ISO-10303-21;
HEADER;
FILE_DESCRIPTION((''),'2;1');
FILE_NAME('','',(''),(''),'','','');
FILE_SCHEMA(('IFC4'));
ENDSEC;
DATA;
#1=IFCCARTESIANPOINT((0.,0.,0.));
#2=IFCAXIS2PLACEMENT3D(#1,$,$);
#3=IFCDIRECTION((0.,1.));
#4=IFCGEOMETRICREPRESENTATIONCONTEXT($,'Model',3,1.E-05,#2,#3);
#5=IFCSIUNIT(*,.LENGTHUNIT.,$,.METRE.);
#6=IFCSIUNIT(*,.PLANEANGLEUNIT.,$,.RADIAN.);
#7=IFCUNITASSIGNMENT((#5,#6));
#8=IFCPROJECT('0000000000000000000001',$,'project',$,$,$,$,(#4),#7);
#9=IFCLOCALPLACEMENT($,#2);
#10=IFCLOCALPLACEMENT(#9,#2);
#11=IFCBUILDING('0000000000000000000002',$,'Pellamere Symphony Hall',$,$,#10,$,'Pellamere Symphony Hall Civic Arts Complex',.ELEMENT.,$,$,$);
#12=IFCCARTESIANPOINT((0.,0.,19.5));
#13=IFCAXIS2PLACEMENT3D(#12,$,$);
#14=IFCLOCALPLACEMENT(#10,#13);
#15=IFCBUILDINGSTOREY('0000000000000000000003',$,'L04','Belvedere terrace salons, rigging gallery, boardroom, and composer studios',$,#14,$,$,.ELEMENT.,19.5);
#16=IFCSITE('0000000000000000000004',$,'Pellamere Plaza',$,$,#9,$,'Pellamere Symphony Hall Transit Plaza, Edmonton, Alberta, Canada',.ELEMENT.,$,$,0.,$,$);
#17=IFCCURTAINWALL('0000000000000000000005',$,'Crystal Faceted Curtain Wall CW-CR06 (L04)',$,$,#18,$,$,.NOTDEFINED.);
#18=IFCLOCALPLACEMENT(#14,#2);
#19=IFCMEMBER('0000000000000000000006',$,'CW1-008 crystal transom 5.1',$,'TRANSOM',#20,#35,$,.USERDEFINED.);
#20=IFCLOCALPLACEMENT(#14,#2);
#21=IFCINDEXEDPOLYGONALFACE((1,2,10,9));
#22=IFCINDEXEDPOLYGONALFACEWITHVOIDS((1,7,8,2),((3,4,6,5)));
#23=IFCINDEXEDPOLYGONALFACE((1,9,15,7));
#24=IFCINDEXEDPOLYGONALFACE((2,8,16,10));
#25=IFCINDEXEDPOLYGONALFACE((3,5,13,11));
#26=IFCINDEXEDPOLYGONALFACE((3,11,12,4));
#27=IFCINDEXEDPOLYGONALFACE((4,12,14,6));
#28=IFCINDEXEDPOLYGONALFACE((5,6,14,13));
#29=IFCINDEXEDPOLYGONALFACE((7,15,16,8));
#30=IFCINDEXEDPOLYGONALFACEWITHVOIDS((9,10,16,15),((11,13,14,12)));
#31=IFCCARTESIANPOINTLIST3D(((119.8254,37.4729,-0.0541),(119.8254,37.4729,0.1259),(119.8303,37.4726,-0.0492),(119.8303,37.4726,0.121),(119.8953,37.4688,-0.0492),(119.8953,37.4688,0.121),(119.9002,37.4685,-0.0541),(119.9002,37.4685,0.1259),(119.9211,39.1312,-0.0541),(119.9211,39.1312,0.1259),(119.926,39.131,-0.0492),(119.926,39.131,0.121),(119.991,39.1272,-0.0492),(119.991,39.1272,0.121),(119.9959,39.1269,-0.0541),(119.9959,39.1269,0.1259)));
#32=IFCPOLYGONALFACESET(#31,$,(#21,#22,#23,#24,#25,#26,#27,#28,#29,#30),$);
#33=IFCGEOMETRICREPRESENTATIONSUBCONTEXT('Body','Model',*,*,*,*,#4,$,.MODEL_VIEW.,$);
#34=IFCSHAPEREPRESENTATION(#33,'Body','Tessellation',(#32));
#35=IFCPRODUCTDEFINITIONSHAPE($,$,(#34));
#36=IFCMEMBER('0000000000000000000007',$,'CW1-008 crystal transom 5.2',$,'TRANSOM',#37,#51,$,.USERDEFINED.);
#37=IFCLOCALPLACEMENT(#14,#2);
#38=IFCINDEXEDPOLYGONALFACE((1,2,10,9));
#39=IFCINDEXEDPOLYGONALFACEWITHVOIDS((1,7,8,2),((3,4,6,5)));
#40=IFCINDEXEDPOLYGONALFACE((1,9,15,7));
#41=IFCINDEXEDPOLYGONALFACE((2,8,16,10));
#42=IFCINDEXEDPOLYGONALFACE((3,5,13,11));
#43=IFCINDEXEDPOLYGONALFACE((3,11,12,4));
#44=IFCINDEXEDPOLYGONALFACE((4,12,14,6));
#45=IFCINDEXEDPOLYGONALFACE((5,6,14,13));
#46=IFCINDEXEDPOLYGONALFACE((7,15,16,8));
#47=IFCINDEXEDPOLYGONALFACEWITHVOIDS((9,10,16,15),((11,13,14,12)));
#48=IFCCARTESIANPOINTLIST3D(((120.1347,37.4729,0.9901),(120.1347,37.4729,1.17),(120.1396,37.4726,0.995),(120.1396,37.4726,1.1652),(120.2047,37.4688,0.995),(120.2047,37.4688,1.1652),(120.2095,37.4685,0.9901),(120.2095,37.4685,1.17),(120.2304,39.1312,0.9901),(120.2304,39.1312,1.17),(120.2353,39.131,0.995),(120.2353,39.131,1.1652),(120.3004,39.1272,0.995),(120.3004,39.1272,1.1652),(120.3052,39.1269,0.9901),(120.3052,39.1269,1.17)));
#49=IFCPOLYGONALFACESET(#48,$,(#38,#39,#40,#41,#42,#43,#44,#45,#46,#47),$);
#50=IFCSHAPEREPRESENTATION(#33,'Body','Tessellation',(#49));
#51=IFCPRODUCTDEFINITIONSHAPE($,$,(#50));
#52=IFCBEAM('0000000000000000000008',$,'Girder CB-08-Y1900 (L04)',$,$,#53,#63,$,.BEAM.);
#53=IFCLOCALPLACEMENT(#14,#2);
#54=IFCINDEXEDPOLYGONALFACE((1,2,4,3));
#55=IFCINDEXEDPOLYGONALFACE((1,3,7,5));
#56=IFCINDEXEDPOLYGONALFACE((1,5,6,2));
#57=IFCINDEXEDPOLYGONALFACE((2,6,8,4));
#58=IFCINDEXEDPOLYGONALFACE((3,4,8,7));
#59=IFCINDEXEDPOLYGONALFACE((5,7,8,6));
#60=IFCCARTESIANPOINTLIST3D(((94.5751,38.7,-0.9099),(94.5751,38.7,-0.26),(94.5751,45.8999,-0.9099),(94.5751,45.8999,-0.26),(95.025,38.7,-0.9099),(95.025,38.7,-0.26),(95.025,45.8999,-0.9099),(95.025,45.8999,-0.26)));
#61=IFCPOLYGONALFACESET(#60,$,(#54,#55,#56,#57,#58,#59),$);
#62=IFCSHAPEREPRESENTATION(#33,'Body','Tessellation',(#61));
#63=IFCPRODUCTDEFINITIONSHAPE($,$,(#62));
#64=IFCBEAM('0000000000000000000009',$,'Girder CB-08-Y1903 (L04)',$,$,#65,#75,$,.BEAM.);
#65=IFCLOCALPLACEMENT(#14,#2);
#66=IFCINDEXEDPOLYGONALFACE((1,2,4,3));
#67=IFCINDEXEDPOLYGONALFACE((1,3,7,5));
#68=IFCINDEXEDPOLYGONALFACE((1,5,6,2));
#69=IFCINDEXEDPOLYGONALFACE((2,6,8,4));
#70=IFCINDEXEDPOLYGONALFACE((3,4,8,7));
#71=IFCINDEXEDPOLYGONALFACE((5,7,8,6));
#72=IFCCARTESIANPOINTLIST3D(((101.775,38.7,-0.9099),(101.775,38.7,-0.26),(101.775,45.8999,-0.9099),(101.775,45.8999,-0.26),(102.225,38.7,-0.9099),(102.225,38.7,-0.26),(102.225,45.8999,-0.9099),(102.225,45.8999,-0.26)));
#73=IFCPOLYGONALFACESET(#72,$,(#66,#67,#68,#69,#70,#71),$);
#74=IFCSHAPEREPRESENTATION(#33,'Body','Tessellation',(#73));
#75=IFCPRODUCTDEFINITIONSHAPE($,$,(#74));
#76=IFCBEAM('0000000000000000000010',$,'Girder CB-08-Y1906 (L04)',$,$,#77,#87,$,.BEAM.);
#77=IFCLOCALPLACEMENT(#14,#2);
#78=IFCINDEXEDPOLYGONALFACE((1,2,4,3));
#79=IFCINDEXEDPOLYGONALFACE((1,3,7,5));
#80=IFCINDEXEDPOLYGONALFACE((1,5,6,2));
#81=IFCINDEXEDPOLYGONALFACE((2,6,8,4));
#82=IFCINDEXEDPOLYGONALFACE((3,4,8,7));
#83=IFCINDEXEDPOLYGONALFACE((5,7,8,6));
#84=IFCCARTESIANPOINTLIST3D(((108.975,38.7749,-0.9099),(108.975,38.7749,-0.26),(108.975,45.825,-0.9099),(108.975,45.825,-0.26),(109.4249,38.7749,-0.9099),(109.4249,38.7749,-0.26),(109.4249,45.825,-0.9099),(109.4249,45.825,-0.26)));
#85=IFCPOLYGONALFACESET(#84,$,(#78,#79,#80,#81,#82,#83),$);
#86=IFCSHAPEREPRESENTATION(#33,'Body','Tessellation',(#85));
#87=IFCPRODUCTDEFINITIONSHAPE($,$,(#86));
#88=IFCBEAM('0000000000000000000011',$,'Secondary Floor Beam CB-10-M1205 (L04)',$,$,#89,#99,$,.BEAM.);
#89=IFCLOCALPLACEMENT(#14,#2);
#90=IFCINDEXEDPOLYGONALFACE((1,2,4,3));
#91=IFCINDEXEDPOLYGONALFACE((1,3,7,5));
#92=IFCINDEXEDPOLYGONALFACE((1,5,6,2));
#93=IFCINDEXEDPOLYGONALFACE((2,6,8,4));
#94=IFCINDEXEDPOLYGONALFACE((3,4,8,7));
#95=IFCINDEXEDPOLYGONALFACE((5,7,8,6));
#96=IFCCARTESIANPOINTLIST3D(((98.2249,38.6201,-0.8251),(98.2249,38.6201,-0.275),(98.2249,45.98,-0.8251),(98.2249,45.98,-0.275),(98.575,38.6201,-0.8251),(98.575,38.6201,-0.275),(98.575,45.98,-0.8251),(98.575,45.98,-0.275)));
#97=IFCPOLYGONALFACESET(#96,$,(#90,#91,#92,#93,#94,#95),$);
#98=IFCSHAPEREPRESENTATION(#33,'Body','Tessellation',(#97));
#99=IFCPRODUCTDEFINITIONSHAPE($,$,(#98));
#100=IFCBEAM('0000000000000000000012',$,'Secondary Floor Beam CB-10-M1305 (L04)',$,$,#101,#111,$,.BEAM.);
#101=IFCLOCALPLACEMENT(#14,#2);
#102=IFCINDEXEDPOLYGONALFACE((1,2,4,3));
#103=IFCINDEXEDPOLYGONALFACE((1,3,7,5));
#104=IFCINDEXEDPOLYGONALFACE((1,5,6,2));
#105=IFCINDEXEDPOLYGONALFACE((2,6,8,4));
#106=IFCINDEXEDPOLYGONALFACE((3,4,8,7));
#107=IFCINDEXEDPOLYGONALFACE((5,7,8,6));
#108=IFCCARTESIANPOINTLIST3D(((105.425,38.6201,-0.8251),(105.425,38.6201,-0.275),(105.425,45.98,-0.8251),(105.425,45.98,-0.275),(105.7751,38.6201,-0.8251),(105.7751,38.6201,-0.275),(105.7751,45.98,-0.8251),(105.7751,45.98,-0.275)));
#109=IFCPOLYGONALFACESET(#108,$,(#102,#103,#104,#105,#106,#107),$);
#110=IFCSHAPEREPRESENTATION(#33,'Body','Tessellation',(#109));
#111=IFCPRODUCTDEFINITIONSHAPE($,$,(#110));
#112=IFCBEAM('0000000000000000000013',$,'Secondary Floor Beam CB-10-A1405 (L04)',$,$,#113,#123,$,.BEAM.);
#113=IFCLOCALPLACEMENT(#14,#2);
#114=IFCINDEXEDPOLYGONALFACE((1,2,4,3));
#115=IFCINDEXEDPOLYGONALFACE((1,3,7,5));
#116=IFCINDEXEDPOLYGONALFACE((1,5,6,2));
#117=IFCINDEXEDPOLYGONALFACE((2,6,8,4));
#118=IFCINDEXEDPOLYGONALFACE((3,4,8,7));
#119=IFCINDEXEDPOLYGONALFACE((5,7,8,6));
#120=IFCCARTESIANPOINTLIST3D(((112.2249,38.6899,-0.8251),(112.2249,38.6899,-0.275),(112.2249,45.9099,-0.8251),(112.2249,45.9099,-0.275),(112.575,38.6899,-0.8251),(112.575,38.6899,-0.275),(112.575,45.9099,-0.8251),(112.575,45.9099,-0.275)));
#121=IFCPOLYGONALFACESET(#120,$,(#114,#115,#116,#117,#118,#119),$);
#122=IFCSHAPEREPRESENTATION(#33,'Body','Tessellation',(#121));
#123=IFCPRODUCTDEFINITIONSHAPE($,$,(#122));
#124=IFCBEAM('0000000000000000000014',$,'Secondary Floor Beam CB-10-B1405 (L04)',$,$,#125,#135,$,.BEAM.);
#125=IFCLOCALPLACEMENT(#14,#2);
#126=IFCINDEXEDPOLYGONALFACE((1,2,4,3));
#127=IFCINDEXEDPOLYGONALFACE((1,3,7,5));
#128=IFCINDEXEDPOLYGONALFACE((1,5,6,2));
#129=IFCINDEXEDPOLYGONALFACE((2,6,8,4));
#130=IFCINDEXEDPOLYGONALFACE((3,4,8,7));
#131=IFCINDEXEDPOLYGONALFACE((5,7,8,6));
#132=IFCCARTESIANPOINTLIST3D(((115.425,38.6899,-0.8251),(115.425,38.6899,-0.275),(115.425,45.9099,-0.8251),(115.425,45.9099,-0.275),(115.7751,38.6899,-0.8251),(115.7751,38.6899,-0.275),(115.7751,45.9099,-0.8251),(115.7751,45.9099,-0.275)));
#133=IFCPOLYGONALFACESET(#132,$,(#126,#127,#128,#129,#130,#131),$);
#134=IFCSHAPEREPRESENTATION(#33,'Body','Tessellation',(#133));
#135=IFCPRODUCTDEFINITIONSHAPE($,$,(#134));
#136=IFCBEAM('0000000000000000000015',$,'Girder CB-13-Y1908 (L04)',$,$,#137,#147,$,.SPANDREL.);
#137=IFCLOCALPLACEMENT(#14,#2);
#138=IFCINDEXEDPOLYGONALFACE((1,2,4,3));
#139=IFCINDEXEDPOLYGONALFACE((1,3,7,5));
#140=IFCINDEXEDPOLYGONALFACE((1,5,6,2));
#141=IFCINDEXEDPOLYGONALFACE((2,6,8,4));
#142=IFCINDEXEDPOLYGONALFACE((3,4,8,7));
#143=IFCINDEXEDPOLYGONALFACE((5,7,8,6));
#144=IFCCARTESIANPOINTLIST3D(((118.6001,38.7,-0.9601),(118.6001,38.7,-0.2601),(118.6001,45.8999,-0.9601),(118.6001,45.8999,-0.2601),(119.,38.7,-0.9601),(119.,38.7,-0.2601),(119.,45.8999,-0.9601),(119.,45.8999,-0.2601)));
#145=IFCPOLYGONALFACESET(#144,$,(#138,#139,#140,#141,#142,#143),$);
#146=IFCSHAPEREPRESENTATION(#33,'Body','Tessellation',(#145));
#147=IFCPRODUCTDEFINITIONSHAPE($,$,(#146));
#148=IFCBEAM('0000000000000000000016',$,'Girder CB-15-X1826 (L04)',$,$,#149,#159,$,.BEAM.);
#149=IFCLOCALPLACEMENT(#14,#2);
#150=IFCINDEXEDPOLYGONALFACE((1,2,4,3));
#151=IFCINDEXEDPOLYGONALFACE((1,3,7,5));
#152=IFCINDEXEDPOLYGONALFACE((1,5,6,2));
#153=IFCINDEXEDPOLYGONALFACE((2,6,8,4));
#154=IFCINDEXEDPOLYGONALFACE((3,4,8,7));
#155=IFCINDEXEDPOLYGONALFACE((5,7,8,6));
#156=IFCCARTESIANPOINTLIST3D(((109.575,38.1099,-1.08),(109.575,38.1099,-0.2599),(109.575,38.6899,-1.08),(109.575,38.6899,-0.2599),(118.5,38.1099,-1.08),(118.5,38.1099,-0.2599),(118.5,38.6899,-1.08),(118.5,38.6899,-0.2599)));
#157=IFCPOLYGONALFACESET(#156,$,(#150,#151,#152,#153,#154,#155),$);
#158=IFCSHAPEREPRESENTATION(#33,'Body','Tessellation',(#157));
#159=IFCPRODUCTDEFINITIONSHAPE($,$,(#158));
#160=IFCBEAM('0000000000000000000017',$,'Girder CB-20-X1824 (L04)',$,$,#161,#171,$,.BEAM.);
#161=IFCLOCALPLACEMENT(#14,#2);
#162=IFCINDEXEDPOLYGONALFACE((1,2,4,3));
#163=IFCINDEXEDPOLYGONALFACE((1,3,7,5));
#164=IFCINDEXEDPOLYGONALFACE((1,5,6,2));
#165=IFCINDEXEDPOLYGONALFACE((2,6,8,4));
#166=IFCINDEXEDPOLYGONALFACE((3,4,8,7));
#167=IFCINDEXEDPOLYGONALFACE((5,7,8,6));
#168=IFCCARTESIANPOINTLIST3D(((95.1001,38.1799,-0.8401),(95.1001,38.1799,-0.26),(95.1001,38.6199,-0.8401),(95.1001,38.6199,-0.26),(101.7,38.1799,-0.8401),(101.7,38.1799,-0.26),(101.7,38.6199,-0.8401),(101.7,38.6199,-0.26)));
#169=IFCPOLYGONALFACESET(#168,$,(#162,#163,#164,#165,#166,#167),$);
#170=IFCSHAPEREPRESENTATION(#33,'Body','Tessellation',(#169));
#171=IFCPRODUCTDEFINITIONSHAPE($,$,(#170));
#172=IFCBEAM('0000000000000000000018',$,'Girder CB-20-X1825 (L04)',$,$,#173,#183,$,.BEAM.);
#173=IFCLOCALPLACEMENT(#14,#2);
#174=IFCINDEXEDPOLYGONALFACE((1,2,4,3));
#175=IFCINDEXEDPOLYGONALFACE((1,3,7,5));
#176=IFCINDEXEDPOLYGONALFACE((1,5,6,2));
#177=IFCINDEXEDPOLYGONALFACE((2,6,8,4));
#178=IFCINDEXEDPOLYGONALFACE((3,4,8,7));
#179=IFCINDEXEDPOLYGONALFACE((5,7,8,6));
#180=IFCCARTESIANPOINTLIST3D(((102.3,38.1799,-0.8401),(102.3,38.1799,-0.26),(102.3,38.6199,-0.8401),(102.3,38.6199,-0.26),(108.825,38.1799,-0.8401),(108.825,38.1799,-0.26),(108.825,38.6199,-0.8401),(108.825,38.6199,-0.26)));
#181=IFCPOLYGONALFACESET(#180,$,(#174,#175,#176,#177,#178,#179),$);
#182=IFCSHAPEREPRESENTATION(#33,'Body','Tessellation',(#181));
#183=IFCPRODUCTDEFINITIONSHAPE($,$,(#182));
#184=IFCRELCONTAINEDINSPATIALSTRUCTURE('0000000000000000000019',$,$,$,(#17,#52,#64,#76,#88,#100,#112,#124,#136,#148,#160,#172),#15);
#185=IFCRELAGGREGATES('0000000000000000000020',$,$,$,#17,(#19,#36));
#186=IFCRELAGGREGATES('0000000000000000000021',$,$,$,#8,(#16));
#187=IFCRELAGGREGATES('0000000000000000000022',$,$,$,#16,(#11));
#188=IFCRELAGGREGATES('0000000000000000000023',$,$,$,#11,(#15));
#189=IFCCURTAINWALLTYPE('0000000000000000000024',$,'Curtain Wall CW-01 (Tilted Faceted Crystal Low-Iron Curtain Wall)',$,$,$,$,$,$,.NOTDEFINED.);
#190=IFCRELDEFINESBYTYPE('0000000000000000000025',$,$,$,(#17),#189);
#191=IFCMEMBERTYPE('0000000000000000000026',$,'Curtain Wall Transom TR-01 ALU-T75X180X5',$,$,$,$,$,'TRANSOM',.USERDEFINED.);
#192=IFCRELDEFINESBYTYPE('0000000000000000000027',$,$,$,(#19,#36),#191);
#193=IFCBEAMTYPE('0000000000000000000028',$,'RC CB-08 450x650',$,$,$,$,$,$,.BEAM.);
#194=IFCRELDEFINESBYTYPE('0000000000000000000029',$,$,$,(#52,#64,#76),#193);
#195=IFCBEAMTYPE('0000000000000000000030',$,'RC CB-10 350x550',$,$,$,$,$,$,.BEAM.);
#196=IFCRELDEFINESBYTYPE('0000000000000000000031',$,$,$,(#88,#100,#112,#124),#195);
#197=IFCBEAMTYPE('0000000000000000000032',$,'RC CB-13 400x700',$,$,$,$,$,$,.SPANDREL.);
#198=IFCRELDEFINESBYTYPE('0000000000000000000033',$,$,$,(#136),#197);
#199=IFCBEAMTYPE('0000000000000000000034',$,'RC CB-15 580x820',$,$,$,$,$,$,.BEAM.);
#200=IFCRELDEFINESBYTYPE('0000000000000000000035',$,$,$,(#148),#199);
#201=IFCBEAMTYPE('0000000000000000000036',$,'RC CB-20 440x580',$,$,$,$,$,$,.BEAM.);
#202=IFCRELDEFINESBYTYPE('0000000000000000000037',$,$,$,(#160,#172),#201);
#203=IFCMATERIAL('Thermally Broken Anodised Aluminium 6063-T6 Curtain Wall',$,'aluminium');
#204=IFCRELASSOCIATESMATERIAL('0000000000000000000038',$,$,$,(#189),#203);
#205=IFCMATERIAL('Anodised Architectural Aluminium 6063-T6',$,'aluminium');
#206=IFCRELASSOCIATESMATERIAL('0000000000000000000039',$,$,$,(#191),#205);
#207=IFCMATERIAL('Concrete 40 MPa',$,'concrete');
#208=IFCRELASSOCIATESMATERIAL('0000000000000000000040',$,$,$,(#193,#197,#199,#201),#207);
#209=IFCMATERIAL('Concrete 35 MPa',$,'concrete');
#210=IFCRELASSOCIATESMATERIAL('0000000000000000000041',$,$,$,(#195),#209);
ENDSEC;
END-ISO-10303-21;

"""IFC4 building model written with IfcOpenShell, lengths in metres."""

from ifc_helpers import new_model, si_unit, direction, frame, origin, origin_2d, place, context, subcontext, project, spatial, rectangle, hollow_rectangle, extrude, material, material_profile, profile_set, type_object, element, aggregate, save


model = new_model("IFC4")

# Units and contexts
model_context = context("Model", 3, precision=1e-05, world=origin(), true_north=direction((0.0, 1.0)))
body_context = subcontext(model_context, "Body", "Model", "MODEL_VIEW")
ifc_project = project(units=[si_unit("LENGTHUNIT", "METRE"), si_unit("PLANEANGLEUNIT", "RADIAN")], contexts=[model_context])

# Site, building, storey
site_placement = place(None, origin())
site = spatial("IfcSite", under=ifc_project, at=site_placement, Name="Pellamere Plaza", LongName="Pellamere Symphony Hall Transit Plaza, Edmonton, Alberta, Canada", CompositionType="ELEMENT", RefElevation=0.0)
building_placement = place(site_placement, origin())
building = spatial("IfcBuilding", under=site, at=building_placement, Name="Pellamere Symphony Hall", LongName="Pellamere Symphony Hall Civic Arts Complex", CompositionType="ELEMENT")
storey_placement = place(building_placement, frame((0.0, 0.0, 19.5)))
storey = spatial("IfcBuildingStorey", under=building, at=storey_placement, Name="L04", Description="Belvedere terrace salons, rigging gallery, boardroom, and composer studios", CompositionType="ELEMENT", Elevation=19.5)

# Shared definitions
ifc_material_1 = material(Name="Concrete 40 MPa", Category="concrete")
ifc_material_2 = material(Name="Concrete 35 MPa", Category="concrete")

# Curtain wall, members
ifc_material_3 = material(Name="Thermally Broken Anodised Aluminium 6063-T6 Curtain Wall", Category="aluminium")
curtain_wall_type = type_object("IfcCurtainWallType", Name="Curtain Wall CW-01 (Tilted Faceted Crystal Low-Iron Curtain Wall)", PredefinedType="NOTDEFINED", material=ifc_material_3)
curtain_wall_placement = place(storey_placement, origin())
curtain_wall = element("IfcCurtainWall", 1, at=curtain_wall_placement, inside=storey, type_object=curtain_wall_type, Name="Crystal Faceted Curtain Wall CW-CR06 (L04)", PredefinedType="NOTDEFINED")
ifc_material_4 = material(Name="Anodised Architectural Aluminium 6063-T6", Category="aluminium")
ifc_material_profile_1 = material_profile(ifc_material_4, hollow_rectangle(XDim=0.075, YDim=0.1799, WallThickness=0.0049, at=origin_2d()), Name="ALU-T75X180X5")
ifc_profile_set_1 = profile_set([ifc_material_profile_1], Name="Anodised Architectural Aluminium 6063-T6")
member_type_1 = type_object("IfcMemberType", Name="Curtain Wall Transom TR-01 ALU-T75X180X5", ElementType="TRANSOM", PredefinedType="USERDEFINED", material=ifc_profile_set_1)
member_1_placement = place(storey_placement, frame((119.8628, 37.4707, 0.0359), z_axis=(0.057611, 0.998339, 0.0), x_axis=(-0.998339, 0.057611, 0.0)))
member_1 = element("IfcMember", 2, at=member_1_placement, type_object=member_type_1, Name="CW1-008 crystal transom 5.1", ObjectType="TRANSOM", PredefinedType="USERDEFINED", context=body_context, shape_type="SweptSolid", body=[
    extrude(hollow_rectangle(XDim=0.075, YDim=0.1799, WallThickness=0.0049, at=origin_2d()), origin(), (0.0, 0.0, 1.0), 1.6611),
])
member_2_placement = place(storey_placement, frame((120.1721, 37.4707, 1.0801), z_axis=(0.057611, 0.998339, 0.0), x_axis=(-0.998339, 0.057611, 0.0)))
member_2 = element("IfcMember", 3, at=member_2_placement, type_object=member_type_1, Name="CW1-008 crystal transom 5.2", ObjectType="TRANSOM", PredefinedType="USERDEFINED", context=body_context, shape_type="SweptSolid", body=[
    extrude(hollow_rectangle(XDim=0.075, YDim=0.1799, WallThickness=0.0049, at=origin_2d()), origin(), (0.0, 0.0, 1.0), 1.6611),
])

# Beams
ifc_material_profile_2 = material_profile(ifc_material_1, rectangle(XDim=0.45, YDim=0.6499, at=origin_2d()), Name="RC 450x650")
ifc_profile_set_2 = profile_set([ifc_material_profile_2], Name="Concrete 40 MPa")
beam_type_1 = type_object("IfcBeamType", Name="RC CB-08 450x650", PredefinedType="BEAM", material=ifc_profile_set_2)
for number, where, z_axis, x_axis, name in (
    (4, (94.8, 38.7, -0.585), (0.0, 1.0, 0.0), (-1.0, 0.0, 0.0), "Girder CB-08-Y1900 (L04)"),
    (5, (102.0, 38.7, -0.585), (0.0, 1.0, 0.0), (-1.0, 0.0, 0.0), "Girder CB-08-Y1903 (L04)"),
):
    element("IfcBeam", number, at=place(storey_placement, frame(where, z_axis=z_axis, x_axis=x_axis)), inside=storey, type_object=beam_type_1, Name=name, PredefinedType="BEAM", context=body_context, shape_type="SweptSolid", body=[
        extrude(rectangle(XDim=0.45, YDim=0.6499, at=origin_2d()), origin(), (0.0, 0.0, 1.0), 7.2),
    ])
beam_1_placement = place(storey_placement, frame((109.2, 38.7749, -0.585), z_axis=(0.0, 1.0, 0.0), x_axis=(-1.0, 0.0, 0.0)))
element("IfcBeam", 6, at=beam_1_placement, inside=storey, type_object=beam_type_1, Name="Girder CB-08-Y1906 (L04)", PredefinedType="BEAM", context=body_context, shape_type="SweptSolid", body=[
    extrude(rectangle(XDim=0.45, YDim=0.6499, at=origin_2d()), origin(), (0.0, 0.0, 1.0), 7.05),
])
ifc_material_profile_3 = material_profile(ifc_material_2, rectangle(XDim=0.3501, YDim=0.55, at=origin_2d()), Name="RC 350x550")
ifc_profile_set_3 = profile_set([ifc_material_profile_3], Name="Concrete 35 MPa")
beam_type_2 = type_object("IfcBeamType", Name="RC CB-10 350x550", PredefinedType="BEAM", material=ifc_profile_set_3)
for number, where, z_axis, x_axis, name in (
    (7, (98.3999, 38.6201, -0.55), (0.0, 1.0, 0.0), (-1.0, 0.0, 0.0), "Secondary Floor Beam CB-10-M1205 (L04)"),
    (8, (105.6001, 38.6201, -0.55), (0.0, 1.0, 0.0), (-1.0, 0.0, 0.0), "Secondary Floor Beam CB-10-M1305 (L04)"),
):
    element("IfcBeam", number, at=place(storey_placement, frame(where, z_axis=z_axis, x_axis=x_axis)), inside=storey, type_object=beam_type_2, Name=name, PredefinedType="BEAM", context=body_context, shape_type="SweptSolid", body=[
        extrude(rectangle(XDim=0.3501, YDim=0.55, at=origin_2d()), origin(), (0.0, 0.0, 1.0), 7.3599),
    ])
for number, where, z_axis, x_axis, name in (
    (9, (112.3999, 38.6899, -0.55), (0.0, 1.0, 0.0), (-1.0, 0.0, 0.0), "Secondary Floor Beam CB-10-A1405 (L04)"),
    (10, (115.6001, 38.6899, -0.55), (0.0, 1.0, 0.0), (-1.0, 0.0, 0.0), "Secondary Floor Beam CB-10-B1405 (L04)"),
):
    element("IfcBeam", number, at=place(storey_placement, frame(where, z_axis=z_axis, x_axis=x_axis)), inside=storey, type_object=beam_type_2, Name=name, PredefinedType="BEAM", context=body_context, shape_type="SweptSolid", body=[
        extrude(rectangle(XDim=0.3501, YDim=0.55, at=origin_2d()), origin(), (0.0, 0.0, 1.0), 7.22),
    ])
ifc_material_profile_4 = material_profile(ifc_material_1, rectangle(XDim=0.3999, YDim=0.7, at=origin_2d()), Name="RC 400x700")
ifc_profile_set_4 = profile_set([ifc_material_profile_4], Name="Concrete 40 MPa")
beam_type_3 = type_object("IfcBeamType", Name="RC CB-13 400x700", PredefinedType="SPANDREL", material=ifc_profile_set_4)
beam_2_placement = place(storey_placement, frame((118.8, 38.7, -0.6101), z_axis=(0.0, 1.0, 0.0), x_axis=(-1.0, 0.0, 0.0)))
element("IfcBeam", 11, at=beam_2_placement, inside=storey, type_object=beam_type_3, Name="Girder CB-13-Y1908 (L04)", PredefinedType="SPANDREL", context=body_context, shape_type="SweptSolid", body=[
    extrude(rectangle(XDim=0.3999, YDim=0.7, at=origin_2d()), origin(), (0.0, 0.0, 1.0), 7.2),
])
ifc_material_profile_5 = material_profile(ifc_material_1, rectangle(XDim=0.5801, YDim=0.8201, at=origin_2d()), Name="RC 580x820")
ifc_profile_set_5 = profile_set([ifc_material_profile_5], Name="Concrete 40 MPa")
beam_type_4 = type_object("IfcBeamType", Name="RC CB-15 580x820", PredefinedType="BEAM", material=ifc_profile_set_5)
beam_3_placement = place(storey_placement, frame((109.575, 38.3999, -0.6699), z_axis=(1.0, 0.0, 0.0), x_axis=(0.0, 1.0, 0.0)))
element("IfcBeam", 12, at=beam_3_placement, inside=storey, type_object=beam_type_4, Name="Girder CB-15-X1826 (L04)", PredefinedType="BEAM", context=body_context, shape_type="SweptSolid", body=[
    extrude(rectangle(XDim=0.5801, YDim=0.8201, at=origin_2d()), origin(), (0.0, 0.0, 1.0), 8.925),
])
ifc_material_profile_6 = material_profile(ifc_material_1, rectangle(XDim=0.4399, YDim=0.5801, at=origin_2d()), Name="RC 440x580")
ifc_profile_set_6 = profile_set([ifc_material_profile_6], Name="Concrete 40 MPa")
beam_type_5 = type_object("IfcBeamType", Name="RC CB-20 440x580", PredefinedType="BEAM", material=ifc_profile_set_6)
beam_4_placement = place(storey_placement, frame((95.1001, 38.3999, -0.55), z_axis=(1.0, 0.0, 0.0), x_axis=(0.0, 1.0, 0.0)))
element("IfcBeam", 13, at=beam_4_placement, inside=storey, type_object=beam_type_5, Name="Girder CB-20-X1824 (L04)", PredefinedType="BEAM", context=body_context, shape_type="SweptSolid", body=[
    extrude(rectangle(XDim=0.4399, YDim=0.5801, at=origin_2d()), origin(), (0.0, 0.0, 1.0), 6.5999),
])
beam_5_placement = place(storey_placement, frame((102.3, 38.3999, -0.55), z_axis=(1.0, 0.0, 0.0), x_axis=(0.0, 1.0, 0.0)))
element("IfcBeam", 14, at=beam_5_placement, inside=storey, type_object=beam_type_5, Name="Girder CB-20-X1825 (L04)", PredefinedType="BEAM", context=body_context, shape_type="SweptSolid", body=[
    extrude(rectangle(XDim=0.4399, YDim=0.5801, at=origin_2d()), origin(), (0.0, 0.0, 1.0), 6.5249),
])

aggregate(curtain_wall, [member_1, member_2])

save(model, "model.ifc")
